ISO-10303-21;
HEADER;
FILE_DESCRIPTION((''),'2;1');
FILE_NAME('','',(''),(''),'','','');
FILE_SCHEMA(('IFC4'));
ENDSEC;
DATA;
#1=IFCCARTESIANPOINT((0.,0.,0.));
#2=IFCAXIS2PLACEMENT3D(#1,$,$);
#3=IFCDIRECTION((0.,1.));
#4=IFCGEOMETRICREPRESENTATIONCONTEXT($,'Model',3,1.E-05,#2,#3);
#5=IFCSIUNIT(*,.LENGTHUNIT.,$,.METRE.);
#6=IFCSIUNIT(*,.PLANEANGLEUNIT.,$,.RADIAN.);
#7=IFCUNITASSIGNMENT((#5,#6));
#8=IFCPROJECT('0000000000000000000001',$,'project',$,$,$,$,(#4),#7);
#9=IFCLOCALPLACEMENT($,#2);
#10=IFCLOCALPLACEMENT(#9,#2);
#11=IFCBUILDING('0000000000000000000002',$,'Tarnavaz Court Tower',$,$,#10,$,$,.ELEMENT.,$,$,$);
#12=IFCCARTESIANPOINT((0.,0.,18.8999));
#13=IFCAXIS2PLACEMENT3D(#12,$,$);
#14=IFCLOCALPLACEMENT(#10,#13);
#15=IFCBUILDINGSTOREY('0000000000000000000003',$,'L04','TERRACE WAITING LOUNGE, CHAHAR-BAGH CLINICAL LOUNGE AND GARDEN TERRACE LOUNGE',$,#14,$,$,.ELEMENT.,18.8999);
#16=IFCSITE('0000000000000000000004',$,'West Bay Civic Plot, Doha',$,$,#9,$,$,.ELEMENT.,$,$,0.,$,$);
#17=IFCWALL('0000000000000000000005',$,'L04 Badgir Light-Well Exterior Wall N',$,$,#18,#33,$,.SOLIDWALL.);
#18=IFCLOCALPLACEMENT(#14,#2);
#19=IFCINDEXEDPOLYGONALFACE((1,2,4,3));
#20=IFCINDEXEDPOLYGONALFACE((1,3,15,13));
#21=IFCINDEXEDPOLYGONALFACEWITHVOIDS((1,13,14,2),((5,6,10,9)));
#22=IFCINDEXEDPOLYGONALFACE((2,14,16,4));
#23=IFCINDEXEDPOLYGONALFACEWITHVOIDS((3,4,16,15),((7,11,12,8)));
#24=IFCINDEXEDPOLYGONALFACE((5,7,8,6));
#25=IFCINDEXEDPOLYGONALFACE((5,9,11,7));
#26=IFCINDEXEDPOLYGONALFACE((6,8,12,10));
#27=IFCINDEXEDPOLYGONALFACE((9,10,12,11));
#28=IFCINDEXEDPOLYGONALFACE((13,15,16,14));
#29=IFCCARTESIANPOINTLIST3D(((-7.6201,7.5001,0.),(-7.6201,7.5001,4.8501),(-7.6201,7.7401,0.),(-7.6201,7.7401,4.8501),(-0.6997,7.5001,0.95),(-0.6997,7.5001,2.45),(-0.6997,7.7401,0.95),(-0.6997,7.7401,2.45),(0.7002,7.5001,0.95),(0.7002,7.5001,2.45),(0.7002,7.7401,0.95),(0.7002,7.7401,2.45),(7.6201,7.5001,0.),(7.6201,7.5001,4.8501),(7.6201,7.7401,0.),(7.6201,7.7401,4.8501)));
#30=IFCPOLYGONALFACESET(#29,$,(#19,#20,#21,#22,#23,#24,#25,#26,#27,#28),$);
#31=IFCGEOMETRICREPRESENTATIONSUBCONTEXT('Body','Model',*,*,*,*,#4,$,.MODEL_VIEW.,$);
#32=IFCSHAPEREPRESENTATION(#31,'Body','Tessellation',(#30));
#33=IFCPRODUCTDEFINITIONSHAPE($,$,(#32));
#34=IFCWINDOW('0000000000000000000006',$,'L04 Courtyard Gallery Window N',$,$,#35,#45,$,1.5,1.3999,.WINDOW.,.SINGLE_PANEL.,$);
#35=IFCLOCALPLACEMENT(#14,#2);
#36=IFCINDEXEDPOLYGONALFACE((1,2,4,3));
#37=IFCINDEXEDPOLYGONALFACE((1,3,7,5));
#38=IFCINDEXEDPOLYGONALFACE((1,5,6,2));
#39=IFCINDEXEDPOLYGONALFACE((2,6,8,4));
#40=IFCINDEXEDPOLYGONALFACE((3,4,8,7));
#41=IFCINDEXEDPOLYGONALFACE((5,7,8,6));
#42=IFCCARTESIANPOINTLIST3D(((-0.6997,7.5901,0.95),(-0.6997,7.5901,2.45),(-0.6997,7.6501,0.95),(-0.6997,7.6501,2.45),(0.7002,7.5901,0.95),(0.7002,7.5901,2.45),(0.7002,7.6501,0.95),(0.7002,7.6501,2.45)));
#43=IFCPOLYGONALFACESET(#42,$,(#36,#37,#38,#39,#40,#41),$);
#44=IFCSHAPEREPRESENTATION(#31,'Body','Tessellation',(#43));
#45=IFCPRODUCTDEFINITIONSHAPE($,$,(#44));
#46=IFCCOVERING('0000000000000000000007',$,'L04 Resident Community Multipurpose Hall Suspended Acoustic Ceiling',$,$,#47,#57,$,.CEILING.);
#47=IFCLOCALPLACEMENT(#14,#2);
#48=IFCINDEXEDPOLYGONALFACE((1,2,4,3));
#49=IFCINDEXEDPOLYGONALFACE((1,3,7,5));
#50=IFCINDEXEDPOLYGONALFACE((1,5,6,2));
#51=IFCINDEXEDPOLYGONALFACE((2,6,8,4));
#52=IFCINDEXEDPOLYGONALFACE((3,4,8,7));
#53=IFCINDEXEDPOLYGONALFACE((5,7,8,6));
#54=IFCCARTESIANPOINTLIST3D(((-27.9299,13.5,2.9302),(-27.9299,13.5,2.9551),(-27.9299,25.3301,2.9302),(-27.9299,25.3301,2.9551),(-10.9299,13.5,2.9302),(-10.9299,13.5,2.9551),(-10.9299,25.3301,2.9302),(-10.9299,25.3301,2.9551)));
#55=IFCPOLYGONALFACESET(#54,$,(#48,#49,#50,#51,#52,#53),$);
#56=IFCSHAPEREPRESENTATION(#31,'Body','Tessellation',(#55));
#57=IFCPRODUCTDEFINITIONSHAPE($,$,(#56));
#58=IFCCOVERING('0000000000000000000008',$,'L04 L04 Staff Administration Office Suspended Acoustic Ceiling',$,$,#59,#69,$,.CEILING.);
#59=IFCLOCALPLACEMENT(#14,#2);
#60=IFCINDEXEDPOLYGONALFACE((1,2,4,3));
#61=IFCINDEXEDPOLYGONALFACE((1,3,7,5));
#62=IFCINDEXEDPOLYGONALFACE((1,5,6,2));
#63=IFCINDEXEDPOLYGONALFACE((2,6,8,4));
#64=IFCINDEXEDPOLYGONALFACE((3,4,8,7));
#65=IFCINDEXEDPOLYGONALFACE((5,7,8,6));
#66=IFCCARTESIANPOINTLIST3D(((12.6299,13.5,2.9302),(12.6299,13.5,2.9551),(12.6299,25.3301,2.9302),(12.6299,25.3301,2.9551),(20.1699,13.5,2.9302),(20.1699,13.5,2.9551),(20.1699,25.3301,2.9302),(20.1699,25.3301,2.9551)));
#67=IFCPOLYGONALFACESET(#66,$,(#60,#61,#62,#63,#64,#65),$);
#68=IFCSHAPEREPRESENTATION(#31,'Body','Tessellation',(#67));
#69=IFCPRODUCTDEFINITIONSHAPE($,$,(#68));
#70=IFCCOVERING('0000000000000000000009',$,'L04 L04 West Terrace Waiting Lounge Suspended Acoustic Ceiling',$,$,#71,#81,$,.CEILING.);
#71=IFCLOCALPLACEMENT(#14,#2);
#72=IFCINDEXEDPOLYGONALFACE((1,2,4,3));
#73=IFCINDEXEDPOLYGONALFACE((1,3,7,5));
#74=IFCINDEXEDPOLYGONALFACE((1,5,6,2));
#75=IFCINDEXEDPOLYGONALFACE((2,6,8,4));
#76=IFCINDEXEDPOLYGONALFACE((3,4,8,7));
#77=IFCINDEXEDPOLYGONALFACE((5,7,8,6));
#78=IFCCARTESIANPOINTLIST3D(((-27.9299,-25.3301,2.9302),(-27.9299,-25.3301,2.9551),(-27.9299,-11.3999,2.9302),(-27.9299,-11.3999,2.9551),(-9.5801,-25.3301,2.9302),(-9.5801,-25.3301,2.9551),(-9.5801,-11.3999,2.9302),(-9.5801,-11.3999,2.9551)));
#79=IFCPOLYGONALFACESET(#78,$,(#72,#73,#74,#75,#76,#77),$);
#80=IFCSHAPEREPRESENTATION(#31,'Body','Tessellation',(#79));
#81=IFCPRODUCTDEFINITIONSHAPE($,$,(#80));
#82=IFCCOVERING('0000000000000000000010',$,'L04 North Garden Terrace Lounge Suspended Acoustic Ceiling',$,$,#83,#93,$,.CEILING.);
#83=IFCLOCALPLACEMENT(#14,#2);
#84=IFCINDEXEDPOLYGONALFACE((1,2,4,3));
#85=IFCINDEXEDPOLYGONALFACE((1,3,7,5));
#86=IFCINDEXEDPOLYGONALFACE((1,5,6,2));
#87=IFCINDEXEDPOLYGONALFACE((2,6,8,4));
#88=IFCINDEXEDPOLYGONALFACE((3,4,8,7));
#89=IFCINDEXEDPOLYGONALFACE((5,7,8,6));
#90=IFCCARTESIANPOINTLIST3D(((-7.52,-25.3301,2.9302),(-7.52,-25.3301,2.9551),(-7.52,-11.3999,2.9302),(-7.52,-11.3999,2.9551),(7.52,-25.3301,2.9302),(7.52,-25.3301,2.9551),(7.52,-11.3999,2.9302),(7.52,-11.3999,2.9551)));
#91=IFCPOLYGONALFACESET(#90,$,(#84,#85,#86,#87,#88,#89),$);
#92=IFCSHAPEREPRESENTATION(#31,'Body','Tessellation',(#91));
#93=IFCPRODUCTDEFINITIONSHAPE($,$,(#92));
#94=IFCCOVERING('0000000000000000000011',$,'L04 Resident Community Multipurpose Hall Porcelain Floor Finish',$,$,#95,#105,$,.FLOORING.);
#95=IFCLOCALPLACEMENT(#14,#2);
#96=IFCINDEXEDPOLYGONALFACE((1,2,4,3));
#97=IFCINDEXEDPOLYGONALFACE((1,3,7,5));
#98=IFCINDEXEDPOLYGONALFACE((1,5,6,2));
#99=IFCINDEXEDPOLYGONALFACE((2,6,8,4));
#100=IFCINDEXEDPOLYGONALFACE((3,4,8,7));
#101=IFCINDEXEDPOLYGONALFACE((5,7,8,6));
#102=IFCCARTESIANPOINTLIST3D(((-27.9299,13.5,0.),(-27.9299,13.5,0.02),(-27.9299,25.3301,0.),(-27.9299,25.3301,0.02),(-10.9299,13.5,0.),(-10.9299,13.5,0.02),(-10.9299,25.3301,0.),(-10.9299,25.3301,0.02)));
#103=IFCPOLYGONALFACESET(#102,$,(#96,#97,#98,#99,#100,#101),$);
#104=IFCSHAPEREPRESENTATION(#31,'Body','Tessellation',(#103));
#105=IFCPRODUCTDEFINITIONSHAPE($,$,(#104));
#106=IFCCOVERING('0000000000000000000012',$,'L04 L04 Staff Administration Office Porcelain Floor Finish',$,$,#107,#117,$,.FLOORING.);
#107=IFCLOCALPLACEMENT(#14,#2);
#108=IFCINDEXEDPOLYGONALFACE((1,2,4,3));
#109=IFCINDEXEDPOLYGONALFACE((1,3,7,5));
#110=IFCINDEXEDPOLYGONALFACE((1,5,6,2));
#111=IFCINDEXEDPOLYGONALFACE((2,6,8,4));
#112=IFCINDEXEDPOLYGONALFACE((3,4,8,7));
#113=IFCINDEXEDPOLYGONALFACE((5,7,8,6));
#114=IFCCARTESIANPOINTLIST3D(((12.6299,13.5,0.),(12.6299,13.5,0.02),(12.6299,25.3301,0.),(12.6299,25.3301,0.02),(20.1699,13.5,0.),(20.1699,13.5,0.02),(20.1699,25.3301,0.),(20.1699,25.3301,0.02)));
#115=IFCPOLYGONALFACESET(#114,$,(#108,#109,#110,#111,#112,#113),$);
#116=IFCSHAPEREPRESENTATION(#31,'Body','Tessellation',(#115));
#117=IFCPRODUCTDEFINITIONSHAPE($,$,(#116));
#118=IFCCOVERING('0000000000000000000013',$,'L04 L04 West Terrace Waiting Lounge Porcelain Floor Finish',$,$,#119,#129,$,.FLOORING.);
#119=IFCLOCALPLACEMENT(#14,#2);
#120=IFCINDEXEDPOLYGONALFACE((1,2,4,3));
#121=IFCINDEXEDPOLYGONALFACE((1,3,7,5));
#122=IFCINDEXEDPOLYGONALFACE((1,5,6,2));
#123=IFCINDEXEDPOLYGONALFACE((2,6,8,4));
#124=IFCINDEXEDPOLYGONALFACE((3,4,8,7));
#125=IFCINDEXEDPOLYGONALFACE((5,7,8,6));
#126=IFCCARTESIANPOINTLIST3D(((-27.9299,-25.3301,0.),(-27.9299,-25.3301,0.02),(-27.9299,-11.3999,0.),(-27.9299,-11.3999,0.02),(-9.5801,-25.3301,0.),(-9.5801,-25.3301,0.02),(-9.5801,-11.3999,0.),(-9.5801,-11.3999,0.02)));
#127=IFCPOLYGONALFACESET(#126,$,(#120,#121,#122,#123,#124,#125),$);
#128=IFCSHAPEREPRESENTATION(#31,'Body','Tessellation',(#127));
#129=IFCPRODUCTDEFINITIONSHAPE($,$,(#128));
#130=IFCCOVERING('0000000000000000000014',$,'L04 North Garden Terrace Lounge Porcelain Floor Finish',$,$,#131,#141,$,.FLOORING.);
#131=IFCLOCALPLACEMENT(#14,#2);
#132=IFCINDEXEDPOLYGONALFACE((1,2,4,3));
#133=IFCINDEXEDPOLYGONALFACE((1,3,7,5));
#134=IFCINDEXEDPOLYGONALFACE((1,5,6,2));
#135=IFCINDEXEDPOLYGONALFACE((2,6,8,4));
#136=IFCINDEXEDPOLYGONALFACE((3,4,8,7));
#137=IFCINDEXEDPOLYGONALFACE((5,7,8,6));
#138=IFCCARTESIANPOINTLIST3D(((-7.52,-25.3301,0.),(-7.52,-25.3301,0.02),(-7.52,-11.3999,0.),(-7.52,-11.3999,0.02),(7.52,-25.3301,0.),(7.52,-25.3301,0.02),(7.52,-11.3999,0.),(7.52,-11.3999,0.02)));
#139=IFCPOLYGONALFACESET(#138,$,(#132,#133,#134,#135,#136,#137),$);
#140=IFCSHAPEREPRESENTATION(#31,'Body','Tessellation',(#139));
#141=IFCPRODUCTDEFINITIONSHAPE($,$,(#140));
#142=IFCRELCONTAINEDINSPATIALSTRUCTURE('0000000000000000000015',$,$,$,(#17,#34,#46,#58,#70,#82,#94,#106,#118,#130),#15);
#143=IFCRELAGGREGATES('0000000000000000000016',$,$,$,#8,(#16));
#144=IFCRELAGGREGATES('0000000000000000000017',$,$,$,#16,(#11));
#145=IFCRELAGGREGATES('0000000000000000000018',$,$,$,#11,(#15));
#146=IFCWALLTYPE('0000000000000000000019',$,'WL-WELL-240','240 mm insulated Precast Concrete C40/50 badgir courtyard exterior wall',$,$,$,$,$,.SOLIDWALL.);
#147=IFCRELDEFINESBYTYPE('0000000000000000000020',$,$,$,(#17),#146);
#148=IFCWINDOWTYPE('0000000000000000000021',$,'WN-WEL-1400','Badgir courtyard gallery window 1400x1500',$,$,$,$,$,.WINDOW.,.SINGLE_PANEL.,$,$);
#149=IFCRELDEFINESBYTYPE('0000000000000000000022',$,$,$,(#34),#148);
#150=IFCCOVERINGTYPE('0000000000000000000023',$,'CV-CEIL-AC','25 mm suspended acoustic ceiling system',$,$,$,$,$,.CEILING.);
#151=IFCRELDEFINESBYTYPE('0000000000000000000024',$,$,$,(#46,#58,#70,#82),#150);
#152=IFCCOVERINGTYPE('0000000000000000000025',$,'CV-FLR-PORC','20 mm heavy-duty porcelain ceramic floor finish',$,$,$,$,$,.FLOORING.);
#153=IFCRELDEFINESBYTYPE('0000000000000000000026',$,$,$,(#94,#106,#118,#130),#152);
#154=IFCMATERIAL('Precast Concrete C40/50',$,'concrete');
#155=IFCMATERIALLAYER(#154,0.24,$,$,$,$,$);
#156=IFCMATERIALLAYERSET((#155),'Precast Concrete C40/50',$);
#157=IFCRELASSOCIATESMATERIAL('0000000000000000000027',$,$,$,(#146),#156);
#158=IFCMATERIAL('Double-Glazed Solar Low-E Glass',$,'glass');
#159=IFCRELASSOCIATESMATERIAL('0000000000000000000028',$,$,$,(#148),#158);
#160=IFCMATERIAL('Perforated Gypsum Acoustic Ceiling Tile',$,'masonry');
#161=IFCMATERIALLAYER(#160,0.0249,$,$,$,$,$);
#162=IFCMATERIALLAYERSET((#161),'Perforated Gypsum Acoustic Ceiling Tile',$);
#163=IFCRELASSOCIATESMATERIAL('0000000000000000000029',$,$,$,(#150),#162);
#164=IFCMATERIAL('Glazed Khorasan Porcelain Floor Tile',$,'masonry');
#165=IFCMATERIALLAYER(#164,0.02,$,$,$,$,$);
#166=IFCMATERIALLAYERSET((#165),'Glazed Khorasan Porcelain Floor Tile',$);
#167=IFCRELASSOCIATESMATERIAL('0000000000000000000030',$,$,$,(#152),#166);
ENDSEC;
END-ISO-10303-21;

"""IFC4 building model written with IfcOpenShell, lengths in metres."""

from ifc_helpers import new_model, si_unit, direction, frame, frame_2d, origin, place, context, subcontext, project, spatial, polyline, rectangle, outline, extrude, material, layer, layer_set, type_object, element, fill, save


model = new_model("IFC4")

# Units and contexts
model_context = context("Model", 3, precision=1e-05, world=origin(), true_north=direction((0.0, 1.0)))
body_context = subcontext(model_context, "Body", "Model", "MODEL_VIEW")
ifc_project = project(units=[si_unit("LENGTHUNIT", "METRE"), si_unit("PLANEANGLEUNIT", "RADIAN")], contexts=[model_context])

# Site, building, storey
site_placement = place(None, origin())
site = spatial("IfcSite", under=ifc_project, at=site_placement, Name="West Bay Civic Plot, Doha", CompositionType="ELEMENT", RefElevation=0.0)
building_placement = place(site_placement, origin())
building = spatial("IfcBuilding", under=site, at=building_placement, Name="Tarnavaz Court Tower", CompositionType="ELEMENT")
storey_placement = place(building_placement, frame((0.0, 0.0, 18.8999)))
storey = spatial("IfcBuildingStorey", under=building, at=storey_placement, Name="L04", Description="TERRACE WAITING LOUNGE, CHAHAR-BAGH CLINICAL LOUNGE AND GARDEN TERRACE LOUNGE", CompositionType="ELEMENT", Elevation=18.8999)

# Wall, opening, window
ifc_material_1 = material(Name="Precast Concrete C40/50", Category="concrete")
ifc_layer_1 = layer(ifc_material_1, 0.24)
ifc_layer_set_1 = layer_set([ifc_layer_1], Name="Precast Concrete C40/50")
wall_type_1 = type_object("IfcWallType", Name="WL-WELL-240", Description="240 mm insulated Precast Concrete C40/50 badgir courtyard exterior wall", PredefinedType="SOLIDWALL", material=ifc_layer_set_1)
wall_1_placement = place(storey_placement, frame((7.6201, 7.6201, 0.0), z_axis=(0.0, 0.0, 1.0), x_axis=(-1.0, 0.0, 0.0)))
wall_1 = element("IfcWall", 1, at=wall_1_placement, inside=storey, type_object=wall_type_1, Name="L04 Badgir Light-Well Exterior Wall N", PredefinedType="SOLIDWALL", context=body_context, shape_type="SweptSolid", body=[
    extrude(rectangle(XDim=15.2402, YDim=0.24, at=frame_2d((7.6201, 0.0))), origin(), (0.0, 0.0, 1.0), 4.8501),
])
opening_1_placement = place(wall_1_placement, frame((6.9199, 0.0, 0.95)))
opening_1 = element("IfcOpeningElement", 2, at=opening_1_placement, cuts=wall_1, PredefinedType="OPENING", context=body_context, shape_type="SweptSolid", body=[
    extrude(rectangle(XDim=1.3999, YDim=1.5, at=frame_2d((0.7, 0.75))), frame((0.0, 0.1299, 0.0), z_axis=(0.0, -1.0, 0.0), x_axis=(1.0, 0.0, 0.0)), (0.0, 0.0, 1.0), 0.26),
])
ifc_material_2 = material(Name="Double-Glazed Solar Low-E Glass", Category="glass")
window_type = type_object("IfcWindowType", Name="WN-WEL-1400", Description="Badgir courtyard gallery window 1400x1500", PartitioningType="SINGLE_PANEL", PredefinedType="WINDOW", material=ifc_material_2)
window_placement = place(opening_1_placement, origin())
window = element("IfcWindow", 3, at=window_placement, inside=storey, type_object=window_type, Name="L04 Courtyard Gallery Window N", OverallHeight=1.5, OverallWidth=1.3999, PartitioningType="SINGLE_PANEL", PredefinedType="WINDOW", context=body_context, shape_type="SweptSolid", body=[
    extrude(rectangle(XDim=1.3999, YDim=1.5, at=frame_2d((0.7, 0.75))), frame((0.0, 0.03, 0.0), z_axis=(0.0, -1.0, 0.0), x_axis=(1.0, 0.0, 0.0)), (0.0, 0.0, 1.0), 0.0601),
])
fill(opening_1, window)

# Coverings
ifc_material_3 = material(Name="Perforated Gypsum Acoustic Ceiling Tile", Category="masonry")
ifc_layer_2 = layer(ifc_material_3, 0.0249)
ifc_layer_set_2 = layer_set([ifc_layer_2], Name="Perforated Gypsum Acoustic Ceiling Tile")
covering_type_1 = type_object("IfcCoveringType", Name="CV-CEIL-AC", Description="25 mm suspended acoustic ceiling system", PredefinedType="CEILING", material=ifc_layer_set_2)
covering_1_placement = place(storey_placement, frame((0.0, 0.0, 2.9302)))
element("IfcCovering", 4, at=covering_1_placement, inside=storey, type_object=covering_type_1, Name="L04 Resident Community Multipurpose Hall Suspended Acoustic Ceiling", PredefinedType="CEILING", context=body_context, shape_type="SweptSolid", body=[
    extrude(outline(polyline([(-27.9299, 13.5), (-10.9299, 13.5), (-10.9299, 25.3301), (-27.9299, 25.3301), (-27.9299, 13.5)])), origin(), (0.0, 0.0, 1.0), 0.0249),
])
covering_2_placement = place(storey_placement, frame((0.0, 0.0, 2.9302)))
element("IfcCovering", 5, at=covering_2_placement, inside=storey, type_object=covering_type_1, Name="L04 L04 Staff Administration Office Suspended Acoustic Ceiling", PredefinedType="CEILING", context=body_context, shape_type="SweptSolid", body=[
    extrude(outline(polyline([(12.6299, 13.5), (20.1699, 13.5), (20.1699, 25.3301), (12.6299, 25.3301), (12.6299, 13.5)])), origin(), (0.0, 0.0, 1.0), 0.0249),
])
covering_3_placement = place(storey_placement, frame((0.0, 0.0, 2.9302)))
element("IfcCovering", 6, at=covering_3_placement, inside=storey, type_object=covering_type_1, Name="L04 L04 West Terrace Waiting Lounge Suspended Acoustic Ceiling", PredefinedType="CEILING", context=body_context, shape_type="SweptSolid", body=[
    extrude(outline(polyline([(-27.9299, -25.3301), (-9.5801, -25.3301), (-9.5801, -11.3999), (-27.9299, -11.3999), (-27.9299, -25.3301)])), origin(), (0.0, 0.0, 1.0), 0.0249),
])
covering_4_placement = place(storey_placement, frame((0.0, 0.0, 2.9302)))
element("IfcCovering", 7, at=covering_4_placement, inside=storey, type_object=covering_type_1, Name="L04 North Garden Terrace Lounge Suspended Acoustic Ceiling", PredefinedType="CEILING", context=body_context, shape_type="SweptSolid", body=[
    extrude(outline(polyline([(-7.52, -25.3301), (7.52, -25.3301), (7.52, -11.3999), (-7.52, -11.3999), (-7.52, -25.3301)])), origin(), (0.0, 0.0, 1.0), 0.0249),
])
ifc_material_4 = material(Name="Glazed Khorasan Porcelain Floor Tile", Category="masonry")
ifc_layer_3 = layer(ifc_material_4, 0.02)
ifc_layer_set_3 = layer_set([ifc_layer_3], Name="Glazed Khorasan Porcelain Floor Tile")
covering_type_2 = type_object("IfcCoveringType", Name="CV-FLR-PORC", Description="20 mm heavy-duty porcelain ceramic floor finish", PredefinedType="FLOORING", material=ifc_layer_set_3)
covering_5_placement = place(storey_placement, origin())
element("IfcCovering", 8, at=covering_5_placement, inside=storey, type_object=covering_type_2, Name="L04 Resident Community Multipurpose Hall Porcelain Floor Finish", PredefinedType="FLOORING", context=body_context, shape_type="SweptSolid", body=[
    extrude(outline(polyline([(-27.9299, 13.5), (-10.9299, 13.5), (-10.9299, 25.3301), (-27.9299, 25.3301), (-27.9299, 13.5)])), origin(), (0.0, 0.0, 1.0), 0.02),
])
covering_6_placement = place(storey_placement, origin())
element("IfcCovering", 9, at=covering_6_placement, inside=storey, type_object=covering_type_2, Name="L04 L04 Staff Administration Office Porcelain Floor Finish", PredefinedType="FLOORING", context=body_context, shape_type="SweptSolid", body=[
    extrude(outline(polyline([(12.6299, 13.5), (20.1699, 13.5), (20.1699, 25.3301), (12.6299, 25.3301), (12.6299, 13.5)])), origin(), (0.0, 0.0, 1.0), 0.02),
])
covering_7_placement = place(storey_placement, origin())
element("IfcCovering", 10, at=covering_7_placement, inside=storey, type_object=covering_type_2, Name="L04 L04 West Terrace Waiting Lounge Porcelain Floor Finish", PredefinedType="FLOORING", context=body_context, shape_type="SweptSolid", body=[
    extrude(outline(polyline([(-27.9299, -25.3301), (-9.5801, -25.3301), (-9.5801, -11.3999), (-27.9299, -11.3999), (-27.9299, -25.3301)])), origin(), (0.0, 0.0, 1.0), 0.02),
])
covering_8_placement = place(storey_placement, origin())
element("IfcCovering", 11, at=covering_8_placement, inside=storey, type_object=covering_type_2, Name="L04 North Garden Terrace Lounge Porcelain Floor Finish", PredefinedType="FLOORING", context=body_context, shape_type="SweptSolid", body=[
    extrude(outline(polyline([(-7.52, -25.3301), (7.52, -25.3301), (7.52, -11.3999), (-7.52, -11.3999), (-7.52, -25.3301)])), origin(), (0.0, 0.0, 1.0), 0.02),
])

save(model, "model.ifc")
